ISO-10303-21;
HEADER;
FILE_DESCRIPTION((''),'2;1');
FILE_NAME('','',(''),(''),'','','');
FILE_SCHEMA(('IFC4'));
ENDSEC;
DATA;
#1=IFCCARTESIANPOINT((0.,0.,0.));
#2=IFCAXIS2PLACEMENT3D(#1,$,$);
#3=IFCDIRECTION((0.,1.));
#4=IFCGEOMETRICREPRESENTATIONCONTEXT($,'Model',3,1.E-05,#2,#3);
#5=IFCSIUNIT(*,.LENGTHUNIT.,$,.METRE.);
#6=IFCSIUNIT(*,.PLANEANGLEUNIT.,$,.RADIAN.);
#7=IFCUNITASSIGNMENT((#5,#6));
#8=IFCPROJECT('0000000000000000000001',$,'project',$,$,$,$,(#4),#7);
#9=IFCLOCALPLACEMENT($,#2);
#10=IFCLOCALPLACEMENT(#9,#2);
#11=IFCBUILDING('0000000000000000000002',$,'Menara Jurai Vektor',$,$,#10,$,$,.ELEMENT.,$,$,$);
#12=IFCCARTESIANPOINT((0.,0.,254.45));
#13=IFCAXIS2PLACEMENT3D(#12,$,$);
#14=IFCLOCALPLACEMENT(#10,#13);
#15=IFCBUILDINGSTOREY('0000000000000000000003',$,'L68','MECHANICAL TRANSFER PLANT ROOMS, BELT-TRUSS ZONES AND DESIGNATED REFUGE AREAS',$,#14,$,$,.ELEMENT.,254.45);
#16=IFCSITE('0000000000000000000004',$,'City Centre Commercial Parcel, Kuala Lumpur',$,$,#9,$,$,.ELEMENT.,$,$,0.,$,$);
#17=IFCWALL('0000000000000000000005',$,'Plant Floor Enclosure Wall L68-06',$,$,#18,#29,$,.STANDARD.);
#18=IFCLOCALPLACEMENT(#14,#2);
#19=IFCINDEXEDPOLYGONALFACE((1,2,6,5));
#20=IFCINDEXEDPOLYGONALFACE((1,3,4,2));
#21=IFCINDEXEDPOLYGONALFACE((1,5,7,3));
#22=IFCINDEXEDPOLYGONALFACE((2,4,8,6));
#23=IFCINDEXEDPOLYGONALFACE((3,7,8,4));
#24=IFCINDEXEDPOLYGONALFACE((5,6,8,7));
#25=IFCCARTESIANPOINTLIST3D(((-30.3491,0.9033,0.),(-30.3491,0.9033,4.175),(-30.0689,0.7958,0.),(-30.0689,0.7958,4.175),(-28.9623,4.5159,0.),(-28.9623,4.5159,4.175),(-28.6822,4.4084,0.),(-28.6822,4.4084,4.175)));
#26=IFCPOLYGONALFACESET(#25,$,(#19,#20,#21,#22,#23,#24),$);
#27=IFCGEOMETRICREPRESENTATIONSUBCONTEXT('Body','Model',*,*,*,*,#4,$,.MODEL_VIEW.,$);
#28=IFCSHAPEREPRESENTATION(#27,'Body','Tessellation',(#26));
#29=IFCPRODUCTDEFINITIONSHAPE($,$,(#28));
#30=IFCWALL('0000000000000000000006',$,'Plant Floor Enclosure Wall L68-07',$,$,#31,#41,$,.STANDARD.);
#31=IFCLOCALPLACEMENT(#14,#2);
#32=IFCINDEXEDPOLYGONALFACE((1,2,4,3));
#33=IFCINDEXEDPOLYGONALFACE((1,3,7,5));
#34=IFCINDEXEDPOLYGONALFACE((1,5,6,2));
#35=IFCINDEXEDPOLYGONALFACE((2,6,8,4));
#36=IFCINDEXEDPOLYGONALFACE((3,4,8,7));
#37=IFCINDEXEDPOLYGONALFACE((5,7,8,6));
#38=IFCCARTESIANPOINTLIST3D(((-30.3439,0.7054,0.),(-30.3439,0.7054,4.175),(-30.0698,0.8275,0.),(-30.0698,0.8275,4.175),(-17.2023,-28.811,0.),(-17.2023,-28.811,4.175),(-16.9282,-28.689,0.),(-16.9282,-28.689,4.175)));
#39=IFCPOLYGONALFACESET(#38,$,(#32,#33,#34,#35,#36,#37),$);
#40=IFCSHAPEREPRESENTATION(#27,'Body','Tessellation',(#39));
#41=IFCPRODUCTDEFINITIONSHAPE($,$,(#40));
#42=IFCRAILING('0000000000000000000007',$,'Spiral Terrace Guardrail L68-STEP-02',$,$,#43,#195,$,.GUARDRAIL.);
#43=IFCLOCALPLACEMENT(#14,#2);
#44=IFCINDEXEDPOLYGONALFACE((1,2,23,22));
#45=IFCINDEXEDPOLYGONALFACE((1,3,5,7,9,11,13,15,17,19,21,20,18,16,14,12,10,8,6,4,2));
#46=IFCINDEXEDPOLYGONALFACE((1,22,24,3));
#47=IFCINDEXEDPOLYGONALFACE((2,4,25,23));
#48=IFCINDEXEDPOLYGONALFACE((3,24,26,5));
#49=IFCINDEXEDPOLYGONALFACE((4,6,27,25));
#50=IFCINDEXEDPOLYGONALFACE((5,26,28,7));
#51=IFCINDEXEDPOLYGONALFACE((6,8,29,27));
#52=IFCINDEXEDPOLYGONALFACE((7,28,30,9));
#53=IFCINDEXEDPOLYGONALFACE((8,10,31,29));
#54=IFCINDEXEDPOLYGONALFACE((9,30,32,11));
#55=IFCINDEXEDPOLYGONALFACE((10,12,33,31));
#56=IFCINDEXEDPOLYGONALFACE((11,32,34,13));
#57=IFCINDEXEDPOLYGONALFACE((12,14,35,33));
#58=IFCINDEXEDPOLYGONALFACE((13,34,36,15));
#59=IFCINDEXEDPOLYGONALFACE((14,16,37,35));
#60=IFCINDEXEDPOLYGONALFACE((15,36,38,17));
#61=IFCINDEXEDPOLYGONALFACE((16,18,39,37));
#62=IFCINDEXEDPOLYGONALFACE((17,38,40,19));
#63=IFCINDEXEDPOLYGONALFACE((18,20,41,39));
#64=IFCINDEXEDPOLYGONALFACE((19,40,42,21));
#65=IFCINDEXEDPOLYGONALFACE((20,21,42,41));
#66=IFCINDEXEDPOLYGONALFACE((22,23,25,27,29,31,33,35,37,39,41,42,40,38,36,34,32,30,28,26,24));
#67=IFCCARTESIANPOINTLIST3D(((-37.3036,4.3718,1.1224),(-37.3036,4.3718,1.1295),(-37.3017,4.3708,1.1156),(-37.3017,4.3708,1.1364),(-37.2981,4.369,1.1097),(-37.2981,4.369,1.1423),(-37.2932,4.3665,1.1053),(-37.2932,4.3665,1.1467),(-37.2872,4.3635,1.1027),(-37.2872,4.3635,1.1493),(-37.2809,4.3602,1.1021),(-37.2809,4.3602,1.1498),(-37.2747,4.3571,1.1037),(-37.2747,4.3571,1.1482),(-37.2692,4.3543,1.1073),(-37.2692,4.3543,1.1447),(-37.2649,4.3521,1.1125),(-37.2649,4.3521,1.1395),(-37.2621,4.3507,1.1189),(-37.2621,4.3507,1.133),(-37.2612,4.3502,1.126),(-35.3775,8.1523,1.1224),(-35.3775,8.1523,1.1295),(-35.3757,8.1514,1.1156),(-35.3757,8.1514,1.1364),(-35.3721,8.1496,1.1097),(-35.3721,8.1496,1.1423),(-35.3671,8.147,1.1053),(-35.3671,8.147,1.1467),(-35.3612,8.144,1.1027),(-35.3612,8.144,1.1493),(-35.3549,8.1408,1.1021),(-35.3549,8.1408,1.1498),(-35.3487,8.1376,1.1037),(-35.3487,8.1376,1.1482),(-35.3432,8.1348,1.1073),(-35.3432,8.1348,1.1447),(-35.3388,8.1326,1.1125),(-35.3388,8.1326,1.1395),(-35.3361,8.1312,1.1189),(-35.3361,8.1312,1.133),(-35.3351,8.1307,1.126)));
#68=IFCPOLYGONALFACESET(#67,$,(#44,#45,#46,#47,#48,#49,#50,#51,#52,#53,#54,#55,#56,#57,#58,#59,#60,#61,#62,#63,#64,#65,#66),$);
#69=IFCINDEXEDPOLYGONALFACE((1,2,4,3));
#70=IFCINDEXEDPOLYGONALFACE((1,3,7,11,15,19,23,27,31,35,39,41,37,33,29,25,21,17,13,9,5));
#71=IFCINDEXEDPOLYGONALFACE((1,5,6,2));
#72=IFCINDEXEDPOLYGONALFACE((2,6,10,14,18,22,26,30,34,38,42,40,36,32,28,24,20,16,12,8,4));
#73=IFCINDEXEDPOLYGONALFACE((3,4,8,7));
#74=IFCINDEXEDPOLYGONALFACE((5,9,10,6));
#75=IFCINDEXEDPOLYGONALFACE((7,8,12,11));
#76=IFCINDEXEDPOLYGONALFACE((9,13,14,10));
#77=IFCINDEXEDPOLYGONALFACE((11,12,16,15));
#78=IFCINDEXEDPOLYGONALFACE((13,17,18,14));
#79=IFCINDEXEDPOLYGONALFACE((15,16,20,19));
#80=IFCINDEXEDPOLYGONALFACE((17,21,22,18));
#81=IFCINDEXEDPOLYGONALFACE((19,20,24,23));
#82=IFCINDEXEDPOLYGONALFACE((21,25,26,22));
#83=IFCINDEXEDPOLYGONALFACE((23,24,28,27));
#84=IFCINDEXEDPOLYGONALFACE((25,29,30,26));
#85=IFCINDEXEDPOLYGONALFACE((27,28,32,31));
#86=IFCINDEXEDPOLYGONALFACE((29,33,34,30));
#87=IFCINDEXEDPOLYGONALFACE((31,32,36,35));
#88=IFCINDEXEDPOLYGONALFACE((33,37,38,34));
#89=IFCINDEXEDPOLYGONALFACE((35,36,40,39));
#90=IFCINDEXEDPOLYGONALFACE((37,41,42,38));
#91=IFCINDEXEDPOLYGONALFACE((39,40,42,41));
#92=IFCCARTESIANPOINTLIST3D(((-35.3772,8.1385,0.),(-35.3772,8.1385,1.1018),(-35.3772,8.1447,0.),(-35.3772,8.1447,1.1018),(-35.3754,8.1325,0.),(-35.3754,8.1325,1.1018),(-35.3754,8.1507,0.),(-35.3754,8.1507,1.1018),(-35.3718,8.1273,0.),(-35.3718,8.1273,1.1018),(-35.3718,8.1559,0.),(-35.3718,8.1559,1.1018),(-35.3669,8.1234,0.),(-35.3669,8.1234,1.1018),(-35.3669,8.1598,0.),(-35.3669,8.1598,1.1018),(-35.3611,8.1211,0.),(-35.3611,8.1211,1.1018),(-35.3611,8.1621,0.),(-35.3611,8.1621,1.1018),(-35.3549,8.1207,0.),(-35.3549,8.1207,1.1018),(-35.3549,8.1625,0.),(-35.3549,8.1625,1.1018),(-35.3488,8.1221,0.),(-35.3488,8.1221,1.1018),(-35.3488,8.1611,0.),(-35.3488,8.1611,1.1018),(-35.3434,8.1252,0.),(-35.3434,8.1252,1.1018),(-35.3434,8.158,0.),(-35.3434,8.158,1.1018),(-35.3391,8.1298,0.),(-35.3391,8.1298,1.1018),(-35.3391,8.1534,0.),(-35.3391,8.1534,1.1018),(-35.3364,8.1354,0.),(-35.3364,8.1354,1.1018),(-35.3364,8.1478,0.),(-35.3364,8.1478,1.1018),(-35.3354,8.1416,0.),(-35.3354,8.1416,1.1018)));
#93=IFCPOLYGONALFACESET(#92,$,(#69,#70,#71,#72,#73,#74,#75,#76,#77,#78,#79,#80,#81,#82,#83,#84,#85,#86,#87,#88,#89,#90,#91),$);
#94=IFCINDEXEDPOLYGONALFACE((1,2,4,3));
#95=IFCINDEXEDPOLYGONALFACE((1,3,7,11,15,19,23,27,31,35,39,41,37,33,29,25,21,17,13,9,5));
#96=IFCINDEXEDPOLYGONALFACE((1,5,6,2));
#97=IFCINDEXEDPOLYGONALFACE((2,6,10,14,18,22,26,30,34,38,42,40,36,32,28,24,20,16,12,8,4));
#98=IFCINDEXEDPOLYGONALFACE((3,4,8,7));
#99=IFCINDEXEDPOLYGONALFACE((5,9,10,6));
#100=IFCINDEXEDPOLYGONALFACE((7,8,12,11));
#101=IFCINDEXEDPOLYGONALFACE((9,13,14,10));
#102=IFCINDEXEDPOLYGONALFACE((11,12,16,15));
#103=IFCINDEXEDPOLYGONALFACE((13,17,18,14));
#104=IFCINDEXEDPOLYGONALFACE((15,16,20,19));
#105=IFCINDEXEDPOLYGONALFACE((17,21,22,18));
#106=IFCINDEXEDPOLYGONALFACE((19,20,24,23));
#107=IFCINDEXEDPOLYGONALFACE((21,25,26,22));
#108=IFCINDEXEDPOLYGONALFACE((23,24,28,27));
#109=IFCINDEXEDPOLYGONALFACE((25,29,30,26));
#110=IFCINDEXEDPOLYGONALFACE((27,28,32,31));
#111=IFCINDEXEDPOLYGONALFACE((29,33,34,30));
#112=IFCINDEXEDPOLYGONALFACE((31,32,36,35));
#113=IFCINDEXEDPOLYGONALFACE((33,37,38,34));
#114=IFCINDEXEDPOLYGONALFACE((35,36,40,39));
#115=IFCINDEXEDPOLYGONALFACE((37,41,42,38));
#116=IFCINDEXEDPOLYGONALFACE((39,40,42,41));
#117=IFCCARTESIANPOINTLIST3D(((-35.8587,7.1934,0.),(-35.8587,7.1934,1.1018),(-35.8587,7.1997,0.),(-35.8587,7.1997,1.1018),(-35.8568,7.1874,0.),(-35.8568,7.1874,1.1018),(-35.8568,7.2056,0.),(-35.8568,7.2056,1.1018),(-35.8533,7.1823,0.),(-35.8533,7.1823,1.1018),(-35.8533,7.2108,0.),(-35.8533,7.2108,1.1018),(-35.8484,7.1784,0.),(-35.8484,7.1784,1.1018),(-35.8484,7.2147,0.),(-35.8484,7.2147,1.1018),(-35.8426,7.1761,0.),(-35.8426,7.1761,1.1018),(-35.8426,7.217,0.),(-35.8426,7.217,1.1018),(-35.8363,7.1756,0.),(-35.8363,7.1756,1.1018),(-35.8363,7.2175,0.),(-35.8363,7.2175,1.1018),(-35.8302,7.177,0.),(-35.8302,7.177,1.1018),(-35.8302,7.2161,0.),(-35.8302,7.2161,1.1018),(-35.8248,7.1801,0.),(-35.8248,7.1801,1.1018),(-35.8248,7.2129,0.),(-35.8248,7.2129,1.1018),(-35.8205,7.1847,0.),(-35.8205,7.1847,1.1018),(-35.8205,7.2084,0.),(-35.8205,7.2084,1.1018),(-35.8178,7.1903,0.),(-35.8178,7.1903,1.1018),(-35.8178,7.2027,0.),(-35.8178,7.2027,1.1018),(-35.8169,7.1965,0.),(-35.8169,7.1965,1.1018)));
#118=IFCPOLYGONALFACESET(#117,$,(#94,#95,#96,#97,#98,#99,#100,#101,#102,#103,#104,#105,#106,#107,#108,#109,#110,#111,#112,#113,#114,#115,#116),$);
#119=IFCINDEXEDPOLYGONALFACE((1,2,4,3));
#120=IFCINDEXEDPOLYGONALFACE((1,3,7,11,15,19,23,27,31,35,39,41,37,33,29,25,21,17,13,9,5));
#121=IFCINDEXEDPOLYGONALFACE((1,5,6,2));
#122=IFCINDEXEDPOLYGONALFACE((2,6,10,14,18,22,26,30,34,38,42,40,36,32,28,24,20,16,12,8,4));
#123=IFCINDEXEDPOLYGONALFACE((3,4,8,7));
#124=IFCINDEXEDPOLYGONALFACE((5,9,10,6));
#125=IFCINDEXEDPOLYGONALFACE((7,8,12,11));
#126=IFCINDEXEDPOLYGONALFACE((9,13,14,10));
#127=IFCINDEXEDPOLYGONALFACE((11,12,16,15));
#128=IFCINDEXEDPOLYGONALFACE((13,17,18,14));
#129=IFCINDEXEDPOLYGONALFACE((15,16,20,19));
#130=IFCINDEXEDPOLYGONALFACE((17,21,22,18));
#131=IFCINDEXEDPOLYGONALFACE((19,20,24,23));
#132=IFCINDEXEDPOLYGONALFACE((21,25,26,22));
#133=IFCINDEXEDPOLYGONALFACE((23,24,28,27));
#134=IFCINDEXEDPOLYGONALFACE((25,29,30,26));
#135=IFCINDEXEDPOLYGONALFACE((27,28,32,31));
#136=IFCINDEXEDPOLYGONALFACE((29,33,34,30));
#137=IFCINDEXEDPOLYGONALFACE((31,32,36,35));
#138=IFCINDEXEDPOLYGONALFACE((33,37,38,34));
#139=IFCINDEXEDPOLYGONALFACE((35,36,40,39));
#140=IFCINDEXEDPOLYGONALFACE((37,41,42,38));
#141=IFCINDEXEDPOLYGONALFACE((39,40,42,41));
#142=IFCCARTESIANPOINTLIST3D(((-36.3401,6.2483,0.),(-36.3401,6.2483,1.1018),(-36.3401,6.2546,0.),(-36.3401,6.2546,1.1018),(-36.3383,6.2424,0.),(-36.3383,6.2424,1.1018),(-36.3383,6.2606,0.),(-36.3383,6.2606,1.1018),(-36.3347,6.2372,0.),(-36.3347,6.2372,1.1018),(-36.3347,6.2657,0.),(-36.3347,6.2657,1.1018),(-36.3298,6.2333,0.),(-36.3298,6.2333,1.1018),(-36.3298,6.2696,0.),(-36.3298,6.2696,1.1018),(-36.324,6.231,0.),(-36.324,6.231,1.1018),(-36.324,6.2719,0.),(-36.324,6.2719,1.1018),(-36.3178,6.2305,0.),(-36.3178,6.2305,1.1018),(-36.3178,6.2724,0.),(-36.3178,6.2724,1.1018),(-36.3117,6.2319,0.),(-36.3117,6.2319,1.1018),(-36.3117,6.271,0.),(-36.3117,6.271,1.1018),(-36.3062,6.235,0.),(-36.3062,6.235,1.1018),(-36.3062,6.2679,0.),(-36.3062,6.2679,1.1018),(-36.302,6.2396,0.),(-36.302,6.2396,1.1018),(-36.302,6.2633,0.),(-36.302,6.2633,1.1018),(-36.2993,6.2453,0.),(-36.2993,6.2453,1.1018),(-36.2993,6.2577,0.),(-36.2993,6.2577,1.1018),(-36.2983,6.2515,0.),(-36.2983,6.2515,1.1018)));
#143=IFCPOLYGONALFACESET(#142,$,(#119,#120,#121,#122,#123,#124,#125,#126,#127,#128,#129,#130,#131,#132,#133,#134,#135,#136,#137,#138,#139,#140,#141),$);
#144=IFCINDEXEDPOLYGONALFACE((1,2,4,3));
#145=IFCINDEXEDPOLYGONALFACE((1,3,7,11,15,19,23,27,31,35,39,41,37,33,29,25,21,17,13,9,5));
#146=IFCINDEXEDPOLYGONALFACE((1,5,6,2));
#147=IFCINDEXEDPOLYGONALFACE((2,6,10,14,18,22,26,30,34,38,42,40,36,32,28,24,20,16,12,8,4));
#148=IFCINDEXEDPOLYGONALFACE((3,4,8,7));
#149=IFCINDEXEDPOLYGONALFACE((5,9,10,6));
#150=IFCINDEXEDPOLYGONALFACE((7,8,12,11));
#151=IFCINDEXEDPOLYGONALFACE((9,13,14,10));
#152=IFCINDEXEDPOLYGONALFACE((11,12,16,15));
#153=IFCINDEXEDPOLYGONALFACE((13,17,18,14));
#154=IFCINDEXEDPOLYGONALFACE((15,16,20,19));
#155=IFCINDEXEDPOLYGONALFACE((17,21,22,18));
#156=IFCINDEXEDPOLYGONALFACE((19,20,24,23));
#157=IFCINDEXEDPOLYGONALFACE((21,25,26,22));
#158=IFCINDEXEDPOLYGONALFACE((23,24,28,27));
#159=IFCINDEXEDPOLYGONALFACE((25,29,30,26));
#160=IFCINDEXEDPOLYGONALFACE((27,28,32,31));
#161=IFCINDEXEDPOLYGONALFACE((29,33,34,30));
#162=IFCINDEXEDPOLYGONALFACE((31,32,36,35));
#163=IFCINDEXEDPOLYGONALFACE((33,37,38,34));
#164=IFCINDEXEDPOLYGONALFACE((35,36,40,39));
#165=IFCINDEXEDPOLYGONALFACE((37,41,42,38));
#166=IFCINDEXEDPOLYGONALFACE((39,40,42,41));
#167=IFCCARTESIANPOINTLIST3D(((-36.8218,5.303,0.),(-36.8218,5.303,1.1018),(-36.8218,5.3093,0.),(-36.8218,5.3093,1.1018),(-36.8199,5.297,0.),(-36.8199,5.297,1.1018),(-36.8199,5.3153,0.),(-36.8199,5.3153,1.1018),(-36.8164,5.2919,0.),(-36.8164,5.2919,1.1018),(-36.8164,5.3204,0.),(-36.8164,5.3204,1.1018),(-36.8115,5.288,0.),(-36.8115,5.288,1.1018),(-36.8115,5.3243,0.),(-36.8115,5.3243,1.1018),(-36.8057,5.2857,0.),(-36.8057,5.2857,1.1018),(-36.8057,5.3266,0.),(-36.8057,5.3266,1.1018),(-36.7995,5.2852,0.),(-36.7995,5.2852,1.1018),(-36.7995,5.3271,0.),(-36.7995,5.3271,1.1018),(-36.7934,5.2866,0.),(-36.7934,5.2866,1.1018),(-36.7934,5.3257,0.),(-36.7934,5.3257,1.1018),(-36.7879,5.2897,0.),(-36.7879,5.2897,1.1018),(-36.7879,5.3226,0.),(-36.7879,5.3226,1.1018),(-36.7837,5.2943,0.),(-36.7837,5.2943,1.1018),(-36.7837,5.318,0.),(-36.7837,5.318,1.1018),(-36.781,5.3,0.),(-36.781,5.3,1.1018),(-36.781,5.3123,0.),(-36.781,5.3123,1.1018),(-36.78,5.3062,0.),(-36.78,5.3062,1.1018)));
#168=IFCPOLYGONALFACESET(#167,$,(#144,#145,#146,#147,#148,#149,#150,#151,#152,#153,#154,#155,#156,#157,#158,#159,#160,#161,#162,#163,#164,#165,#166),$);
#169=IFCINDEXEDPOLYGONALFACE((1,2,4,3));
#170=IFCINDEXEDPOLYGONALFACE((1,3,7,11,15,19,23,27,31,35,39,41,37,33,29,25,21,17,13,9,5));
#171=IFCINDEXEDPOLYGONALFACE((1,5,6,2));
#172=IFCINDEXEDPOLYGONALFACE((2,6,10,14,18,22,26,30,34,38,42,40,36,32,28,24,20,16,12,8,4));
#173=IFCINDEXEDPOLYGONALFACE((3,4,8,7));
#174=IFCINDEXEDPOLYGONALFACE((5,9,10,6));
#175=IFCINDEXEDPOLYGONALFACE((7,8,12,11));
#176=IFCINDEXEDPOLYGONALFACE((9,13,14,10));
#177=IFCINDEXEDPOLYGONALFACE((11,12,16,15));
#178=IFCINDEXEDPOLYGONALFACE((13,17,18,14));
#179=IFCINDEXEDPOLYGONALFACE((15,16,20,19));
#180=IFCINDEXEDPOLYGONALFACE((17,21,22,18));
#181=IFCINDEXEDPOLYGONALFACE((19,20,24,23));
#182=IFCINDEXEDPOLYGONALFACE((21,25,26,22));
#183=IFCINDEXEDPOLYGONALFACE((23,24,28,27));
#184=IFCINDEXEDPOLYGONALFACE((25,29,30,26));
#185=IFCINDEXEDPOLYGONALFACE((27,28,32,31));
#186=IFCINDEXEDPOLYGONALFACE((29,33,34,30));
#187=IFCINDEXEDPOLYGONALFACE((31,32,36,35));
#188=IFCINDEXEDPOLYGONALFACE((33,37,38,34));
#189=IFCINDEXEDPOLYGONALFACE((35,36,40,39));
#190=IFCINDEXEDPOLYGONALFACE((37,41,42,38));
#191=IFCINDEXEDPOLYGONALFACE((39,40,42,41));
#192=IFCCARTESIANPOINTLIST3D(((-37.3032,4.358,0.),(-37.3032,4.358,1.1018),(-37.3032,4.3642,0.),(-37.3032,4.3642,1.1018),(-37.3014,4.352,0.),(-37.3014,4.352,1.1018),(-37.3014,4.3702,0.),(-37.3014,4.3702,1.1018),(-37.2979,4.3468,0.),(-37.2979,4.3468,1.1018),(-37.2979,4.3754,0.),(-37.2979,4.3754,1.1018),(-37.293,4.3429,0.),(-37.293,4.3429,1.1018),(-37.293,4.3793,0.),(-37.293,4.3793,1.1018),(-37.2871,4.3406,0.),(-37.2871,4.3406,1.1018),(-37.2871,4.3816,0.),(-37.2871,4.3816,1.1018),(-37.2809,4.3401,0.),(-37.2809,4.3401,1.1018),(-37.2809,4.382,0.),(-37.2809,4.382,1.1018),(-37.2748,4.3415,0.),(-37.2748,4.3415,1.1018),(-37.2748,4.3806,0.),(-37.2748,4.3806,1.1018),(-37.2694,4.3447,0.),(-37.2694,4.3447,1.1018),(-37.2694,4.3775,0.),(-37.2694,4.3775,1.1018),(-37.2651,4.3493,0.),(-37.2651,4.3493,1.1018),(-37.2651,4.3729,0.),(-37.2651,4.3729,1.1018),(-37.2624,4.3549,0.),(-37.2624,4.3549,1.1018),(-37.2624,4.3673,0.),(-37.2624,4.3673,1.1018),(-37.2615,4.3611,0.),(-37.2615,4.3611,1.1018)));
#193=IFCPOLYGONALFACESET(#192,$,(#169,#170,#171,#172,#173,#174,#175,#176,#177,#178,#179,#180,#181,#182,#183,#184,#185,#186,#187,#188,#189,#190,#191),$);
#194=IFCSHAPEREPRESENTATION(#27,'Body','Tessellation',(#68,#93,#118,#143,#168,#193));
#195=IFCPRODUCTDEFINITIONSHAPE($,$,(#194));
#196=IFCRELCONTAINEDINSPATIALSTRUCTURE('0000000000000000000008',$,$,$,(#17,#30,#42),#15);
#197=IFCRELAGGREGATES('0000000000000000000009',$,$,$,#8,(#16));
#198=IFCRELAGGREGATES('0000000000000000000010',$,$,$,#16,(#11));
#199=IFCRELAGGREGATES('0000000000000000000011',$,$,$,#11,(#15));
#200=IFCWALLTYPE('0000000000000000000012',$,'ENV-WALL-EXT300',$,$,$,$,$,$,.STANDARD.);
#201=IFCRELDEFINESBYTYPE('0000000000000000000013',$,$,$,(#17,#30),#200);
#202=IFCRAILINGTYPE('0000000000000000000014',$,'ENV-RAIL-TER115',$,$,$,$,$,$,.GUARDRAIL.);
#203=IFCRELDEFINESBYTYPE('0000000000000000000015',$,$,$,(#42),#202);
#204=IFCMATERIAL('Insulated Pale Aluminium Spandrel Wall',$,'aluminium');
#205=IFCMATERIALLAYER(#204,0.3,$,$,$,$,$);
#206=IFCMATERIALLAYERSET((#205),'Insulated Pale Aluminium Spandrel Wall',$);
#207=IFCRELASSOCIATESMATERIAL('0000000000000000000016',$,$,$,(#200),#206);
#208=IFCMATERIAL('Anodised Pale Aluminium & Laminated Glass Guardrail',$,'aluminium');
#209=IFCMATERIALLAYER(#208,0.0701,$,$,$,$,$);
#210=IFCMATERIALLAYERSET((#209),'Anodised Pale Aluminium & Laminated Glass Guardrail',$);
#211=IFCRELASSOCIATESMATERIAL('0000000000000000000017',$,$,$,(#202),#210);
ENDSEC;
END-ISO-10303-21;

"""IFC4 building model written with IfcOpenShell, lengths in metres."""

from ifc_helpers import new_model, si_unit, direction, frame, frame_2d, origin, origin_2d, place, context, subcontext, project, spatial, rectangle, circle, extrude, material, layer, layer_set, type_object, element, save


model = new_model("IFC4")

# Units and contexts
model_context = context("Model", 3, precision=1e-05, world=origin(), true_north=direction((0.0, 1.0)))
body_context = subcontext(model_context, "Body", "Model", "MODEL_VIEW")
ifc_project = project(units=[si_unit("LENGTHUNIT", "METRE"), si_unit("PLANEANGLEUNIT", "RADIAN")], contexts=[model_context])

# Site, building, storey
site_placement = place(None, origin())
site = spatial("IfcSite", under=ifc_project, at=site_placement, Name="City Centre Commercial Parcel, Kuala Lumpur", CompositionType="ELEMENT", RefElevation=0.0)
building_placement = place(site_placement, origin())
building = spatial("IfcBuilding", under=site, at=building_placement, Name="Menara Jurai Vektor", CompositionType="ELEMENT")
storey_placement = place(building_placement, frame((0.0, 0.0, 254.45)))
storey = spatial("IfcBuildingStorey", under=building, at=storey_placement, Name="L68", Description="MECHANICAL TRANSFER PLANT ROOMS, BELT-TRUSS ZONES AND DESIGNATED REFUGE AREAS", CompositionType="ELEMENT", Elevation=254.45)

# Walls
ifc_material_1 = material(Name="Insulated Pale Aluminium Spandrel Wall", Category="aluminium")
ifc_layer_1 = layer(ifc_material_1, 0.3)
ifc_layer_set_1 = layer_set([ifc_layer_1], Name="Insulated Pale Aluminium Spandrel Wall")
wall_type = type_object("IfcWallType", Name="ENV-WALL-EXT300", PredefinedType="STANDARD", material=ifc_layer_set_1)
wall_1_placement = place(storey_placement, frame((-28.8223, 4.4622, 0.0), z_axis=(0.0, 0.0, 1.0), x_axis=(-0.358366, -0.933581, 0.0)))
element("IfcWall", 1, at=wall_1_placement, inside=storey, type_object=wall_type, Name="Plant Floor Enclosure Wall L68-06", PredefinedType="STANDARD", context=body_context, shape_type="SweptSolid", body=[
    extrude(rectangle(XDim=3.8696, YDim=0.3, at=frame_2d((1.9348, 0.0))), origin(), (0.0, 0.0, 1.0), 4.175),
])
wall_2_placement = place(storey_placement, frame((-30.2068, 0.7664, 0.0), z_axis=(0.0, 0.0, 1.0), x_axis=(0.406736, -0.913546, 0.0)))
element("IfcWall", 2, at=wall_2_placement, inside=storey, type_object=wall_type, Name="Plant Floor Enclosure Wall L68-07", PredefinedType="STANDARD", context=body_context, shape_type="SweptSolid", body=[
    extrude(rectangle(XDim=32.3098, YDim=0.3, at=frame_2d((16.1548, 0.0))), origin(), (0.0, 0.0, 1.0), 4.175),
])

# Railing
ifc_material_2 = material(Name="Anodised Pale Aluminium & Laminated Glass Guardrail", Category="aluminium")
ifc_layer_2 = layer(ifc_material_2, 0.0701)
ifc_layer_set_2 = layer_set([ifc_layer_2], Name="Anodised Pale Aluminium & Laminated Glass Guardrail")
railing_type = type_object("IfcRailingType", Name="ENV-RAIL-TER115", PredefinedType="GUARDRAIL", material=ifc_layer_set_2)
railing_1_placement = place(storey_placement, frame((-35.3564, 8.1416, 0.0)))
element("IfcRailing", 3, at=railing_1_placement, inside=storey, type_object=railing_type, Name="Spiral Terrace Guardrail L68-STEP-02", PredefinedType="GUARDRAIL", context=body_context, shape_type="SweptSolid", body=[
    extrude(circle(Radius=0.0239, at=origin_2d()), frame((0.0, 0.0, 1.126), z_axis=(-0.453945, -0.89103, 0.0), x_axis=(0.89103, -0.453945, 0.0)), (0.0, 0.0, 1.0), 4.2429),
    extrude(circle(Radius=0.021, at=origin_2d()), origin(), (0.0, 0.0, 1.0), 1.1018),
    extrude(circle(Radius=0.021, at=origin_2d()), frame((-0.4814, -0.9451, 0.0)), (0.0, 0.0, 1.0), 1.1018),
    extrude(circle(Radius=0.021, at=origin_2d()), frame((-0.9629, -1.8901, 0.0)), (0.0, 0.0, 1.0), 1.1018),
    extrude(circle(Radius=0.021, at=origin_2d()), frame((-1.4446, -2.8354, 0.0)), (0.0, 0.0, 1.0), 1.1018),
    extrude(circle(Radius=0.021, at=origin_2d()), frame((-1.926, -3.7805, 0.0)), (0.0, 0.0, 1.0), 1.1018),
])

save(model, "model.ifc")
